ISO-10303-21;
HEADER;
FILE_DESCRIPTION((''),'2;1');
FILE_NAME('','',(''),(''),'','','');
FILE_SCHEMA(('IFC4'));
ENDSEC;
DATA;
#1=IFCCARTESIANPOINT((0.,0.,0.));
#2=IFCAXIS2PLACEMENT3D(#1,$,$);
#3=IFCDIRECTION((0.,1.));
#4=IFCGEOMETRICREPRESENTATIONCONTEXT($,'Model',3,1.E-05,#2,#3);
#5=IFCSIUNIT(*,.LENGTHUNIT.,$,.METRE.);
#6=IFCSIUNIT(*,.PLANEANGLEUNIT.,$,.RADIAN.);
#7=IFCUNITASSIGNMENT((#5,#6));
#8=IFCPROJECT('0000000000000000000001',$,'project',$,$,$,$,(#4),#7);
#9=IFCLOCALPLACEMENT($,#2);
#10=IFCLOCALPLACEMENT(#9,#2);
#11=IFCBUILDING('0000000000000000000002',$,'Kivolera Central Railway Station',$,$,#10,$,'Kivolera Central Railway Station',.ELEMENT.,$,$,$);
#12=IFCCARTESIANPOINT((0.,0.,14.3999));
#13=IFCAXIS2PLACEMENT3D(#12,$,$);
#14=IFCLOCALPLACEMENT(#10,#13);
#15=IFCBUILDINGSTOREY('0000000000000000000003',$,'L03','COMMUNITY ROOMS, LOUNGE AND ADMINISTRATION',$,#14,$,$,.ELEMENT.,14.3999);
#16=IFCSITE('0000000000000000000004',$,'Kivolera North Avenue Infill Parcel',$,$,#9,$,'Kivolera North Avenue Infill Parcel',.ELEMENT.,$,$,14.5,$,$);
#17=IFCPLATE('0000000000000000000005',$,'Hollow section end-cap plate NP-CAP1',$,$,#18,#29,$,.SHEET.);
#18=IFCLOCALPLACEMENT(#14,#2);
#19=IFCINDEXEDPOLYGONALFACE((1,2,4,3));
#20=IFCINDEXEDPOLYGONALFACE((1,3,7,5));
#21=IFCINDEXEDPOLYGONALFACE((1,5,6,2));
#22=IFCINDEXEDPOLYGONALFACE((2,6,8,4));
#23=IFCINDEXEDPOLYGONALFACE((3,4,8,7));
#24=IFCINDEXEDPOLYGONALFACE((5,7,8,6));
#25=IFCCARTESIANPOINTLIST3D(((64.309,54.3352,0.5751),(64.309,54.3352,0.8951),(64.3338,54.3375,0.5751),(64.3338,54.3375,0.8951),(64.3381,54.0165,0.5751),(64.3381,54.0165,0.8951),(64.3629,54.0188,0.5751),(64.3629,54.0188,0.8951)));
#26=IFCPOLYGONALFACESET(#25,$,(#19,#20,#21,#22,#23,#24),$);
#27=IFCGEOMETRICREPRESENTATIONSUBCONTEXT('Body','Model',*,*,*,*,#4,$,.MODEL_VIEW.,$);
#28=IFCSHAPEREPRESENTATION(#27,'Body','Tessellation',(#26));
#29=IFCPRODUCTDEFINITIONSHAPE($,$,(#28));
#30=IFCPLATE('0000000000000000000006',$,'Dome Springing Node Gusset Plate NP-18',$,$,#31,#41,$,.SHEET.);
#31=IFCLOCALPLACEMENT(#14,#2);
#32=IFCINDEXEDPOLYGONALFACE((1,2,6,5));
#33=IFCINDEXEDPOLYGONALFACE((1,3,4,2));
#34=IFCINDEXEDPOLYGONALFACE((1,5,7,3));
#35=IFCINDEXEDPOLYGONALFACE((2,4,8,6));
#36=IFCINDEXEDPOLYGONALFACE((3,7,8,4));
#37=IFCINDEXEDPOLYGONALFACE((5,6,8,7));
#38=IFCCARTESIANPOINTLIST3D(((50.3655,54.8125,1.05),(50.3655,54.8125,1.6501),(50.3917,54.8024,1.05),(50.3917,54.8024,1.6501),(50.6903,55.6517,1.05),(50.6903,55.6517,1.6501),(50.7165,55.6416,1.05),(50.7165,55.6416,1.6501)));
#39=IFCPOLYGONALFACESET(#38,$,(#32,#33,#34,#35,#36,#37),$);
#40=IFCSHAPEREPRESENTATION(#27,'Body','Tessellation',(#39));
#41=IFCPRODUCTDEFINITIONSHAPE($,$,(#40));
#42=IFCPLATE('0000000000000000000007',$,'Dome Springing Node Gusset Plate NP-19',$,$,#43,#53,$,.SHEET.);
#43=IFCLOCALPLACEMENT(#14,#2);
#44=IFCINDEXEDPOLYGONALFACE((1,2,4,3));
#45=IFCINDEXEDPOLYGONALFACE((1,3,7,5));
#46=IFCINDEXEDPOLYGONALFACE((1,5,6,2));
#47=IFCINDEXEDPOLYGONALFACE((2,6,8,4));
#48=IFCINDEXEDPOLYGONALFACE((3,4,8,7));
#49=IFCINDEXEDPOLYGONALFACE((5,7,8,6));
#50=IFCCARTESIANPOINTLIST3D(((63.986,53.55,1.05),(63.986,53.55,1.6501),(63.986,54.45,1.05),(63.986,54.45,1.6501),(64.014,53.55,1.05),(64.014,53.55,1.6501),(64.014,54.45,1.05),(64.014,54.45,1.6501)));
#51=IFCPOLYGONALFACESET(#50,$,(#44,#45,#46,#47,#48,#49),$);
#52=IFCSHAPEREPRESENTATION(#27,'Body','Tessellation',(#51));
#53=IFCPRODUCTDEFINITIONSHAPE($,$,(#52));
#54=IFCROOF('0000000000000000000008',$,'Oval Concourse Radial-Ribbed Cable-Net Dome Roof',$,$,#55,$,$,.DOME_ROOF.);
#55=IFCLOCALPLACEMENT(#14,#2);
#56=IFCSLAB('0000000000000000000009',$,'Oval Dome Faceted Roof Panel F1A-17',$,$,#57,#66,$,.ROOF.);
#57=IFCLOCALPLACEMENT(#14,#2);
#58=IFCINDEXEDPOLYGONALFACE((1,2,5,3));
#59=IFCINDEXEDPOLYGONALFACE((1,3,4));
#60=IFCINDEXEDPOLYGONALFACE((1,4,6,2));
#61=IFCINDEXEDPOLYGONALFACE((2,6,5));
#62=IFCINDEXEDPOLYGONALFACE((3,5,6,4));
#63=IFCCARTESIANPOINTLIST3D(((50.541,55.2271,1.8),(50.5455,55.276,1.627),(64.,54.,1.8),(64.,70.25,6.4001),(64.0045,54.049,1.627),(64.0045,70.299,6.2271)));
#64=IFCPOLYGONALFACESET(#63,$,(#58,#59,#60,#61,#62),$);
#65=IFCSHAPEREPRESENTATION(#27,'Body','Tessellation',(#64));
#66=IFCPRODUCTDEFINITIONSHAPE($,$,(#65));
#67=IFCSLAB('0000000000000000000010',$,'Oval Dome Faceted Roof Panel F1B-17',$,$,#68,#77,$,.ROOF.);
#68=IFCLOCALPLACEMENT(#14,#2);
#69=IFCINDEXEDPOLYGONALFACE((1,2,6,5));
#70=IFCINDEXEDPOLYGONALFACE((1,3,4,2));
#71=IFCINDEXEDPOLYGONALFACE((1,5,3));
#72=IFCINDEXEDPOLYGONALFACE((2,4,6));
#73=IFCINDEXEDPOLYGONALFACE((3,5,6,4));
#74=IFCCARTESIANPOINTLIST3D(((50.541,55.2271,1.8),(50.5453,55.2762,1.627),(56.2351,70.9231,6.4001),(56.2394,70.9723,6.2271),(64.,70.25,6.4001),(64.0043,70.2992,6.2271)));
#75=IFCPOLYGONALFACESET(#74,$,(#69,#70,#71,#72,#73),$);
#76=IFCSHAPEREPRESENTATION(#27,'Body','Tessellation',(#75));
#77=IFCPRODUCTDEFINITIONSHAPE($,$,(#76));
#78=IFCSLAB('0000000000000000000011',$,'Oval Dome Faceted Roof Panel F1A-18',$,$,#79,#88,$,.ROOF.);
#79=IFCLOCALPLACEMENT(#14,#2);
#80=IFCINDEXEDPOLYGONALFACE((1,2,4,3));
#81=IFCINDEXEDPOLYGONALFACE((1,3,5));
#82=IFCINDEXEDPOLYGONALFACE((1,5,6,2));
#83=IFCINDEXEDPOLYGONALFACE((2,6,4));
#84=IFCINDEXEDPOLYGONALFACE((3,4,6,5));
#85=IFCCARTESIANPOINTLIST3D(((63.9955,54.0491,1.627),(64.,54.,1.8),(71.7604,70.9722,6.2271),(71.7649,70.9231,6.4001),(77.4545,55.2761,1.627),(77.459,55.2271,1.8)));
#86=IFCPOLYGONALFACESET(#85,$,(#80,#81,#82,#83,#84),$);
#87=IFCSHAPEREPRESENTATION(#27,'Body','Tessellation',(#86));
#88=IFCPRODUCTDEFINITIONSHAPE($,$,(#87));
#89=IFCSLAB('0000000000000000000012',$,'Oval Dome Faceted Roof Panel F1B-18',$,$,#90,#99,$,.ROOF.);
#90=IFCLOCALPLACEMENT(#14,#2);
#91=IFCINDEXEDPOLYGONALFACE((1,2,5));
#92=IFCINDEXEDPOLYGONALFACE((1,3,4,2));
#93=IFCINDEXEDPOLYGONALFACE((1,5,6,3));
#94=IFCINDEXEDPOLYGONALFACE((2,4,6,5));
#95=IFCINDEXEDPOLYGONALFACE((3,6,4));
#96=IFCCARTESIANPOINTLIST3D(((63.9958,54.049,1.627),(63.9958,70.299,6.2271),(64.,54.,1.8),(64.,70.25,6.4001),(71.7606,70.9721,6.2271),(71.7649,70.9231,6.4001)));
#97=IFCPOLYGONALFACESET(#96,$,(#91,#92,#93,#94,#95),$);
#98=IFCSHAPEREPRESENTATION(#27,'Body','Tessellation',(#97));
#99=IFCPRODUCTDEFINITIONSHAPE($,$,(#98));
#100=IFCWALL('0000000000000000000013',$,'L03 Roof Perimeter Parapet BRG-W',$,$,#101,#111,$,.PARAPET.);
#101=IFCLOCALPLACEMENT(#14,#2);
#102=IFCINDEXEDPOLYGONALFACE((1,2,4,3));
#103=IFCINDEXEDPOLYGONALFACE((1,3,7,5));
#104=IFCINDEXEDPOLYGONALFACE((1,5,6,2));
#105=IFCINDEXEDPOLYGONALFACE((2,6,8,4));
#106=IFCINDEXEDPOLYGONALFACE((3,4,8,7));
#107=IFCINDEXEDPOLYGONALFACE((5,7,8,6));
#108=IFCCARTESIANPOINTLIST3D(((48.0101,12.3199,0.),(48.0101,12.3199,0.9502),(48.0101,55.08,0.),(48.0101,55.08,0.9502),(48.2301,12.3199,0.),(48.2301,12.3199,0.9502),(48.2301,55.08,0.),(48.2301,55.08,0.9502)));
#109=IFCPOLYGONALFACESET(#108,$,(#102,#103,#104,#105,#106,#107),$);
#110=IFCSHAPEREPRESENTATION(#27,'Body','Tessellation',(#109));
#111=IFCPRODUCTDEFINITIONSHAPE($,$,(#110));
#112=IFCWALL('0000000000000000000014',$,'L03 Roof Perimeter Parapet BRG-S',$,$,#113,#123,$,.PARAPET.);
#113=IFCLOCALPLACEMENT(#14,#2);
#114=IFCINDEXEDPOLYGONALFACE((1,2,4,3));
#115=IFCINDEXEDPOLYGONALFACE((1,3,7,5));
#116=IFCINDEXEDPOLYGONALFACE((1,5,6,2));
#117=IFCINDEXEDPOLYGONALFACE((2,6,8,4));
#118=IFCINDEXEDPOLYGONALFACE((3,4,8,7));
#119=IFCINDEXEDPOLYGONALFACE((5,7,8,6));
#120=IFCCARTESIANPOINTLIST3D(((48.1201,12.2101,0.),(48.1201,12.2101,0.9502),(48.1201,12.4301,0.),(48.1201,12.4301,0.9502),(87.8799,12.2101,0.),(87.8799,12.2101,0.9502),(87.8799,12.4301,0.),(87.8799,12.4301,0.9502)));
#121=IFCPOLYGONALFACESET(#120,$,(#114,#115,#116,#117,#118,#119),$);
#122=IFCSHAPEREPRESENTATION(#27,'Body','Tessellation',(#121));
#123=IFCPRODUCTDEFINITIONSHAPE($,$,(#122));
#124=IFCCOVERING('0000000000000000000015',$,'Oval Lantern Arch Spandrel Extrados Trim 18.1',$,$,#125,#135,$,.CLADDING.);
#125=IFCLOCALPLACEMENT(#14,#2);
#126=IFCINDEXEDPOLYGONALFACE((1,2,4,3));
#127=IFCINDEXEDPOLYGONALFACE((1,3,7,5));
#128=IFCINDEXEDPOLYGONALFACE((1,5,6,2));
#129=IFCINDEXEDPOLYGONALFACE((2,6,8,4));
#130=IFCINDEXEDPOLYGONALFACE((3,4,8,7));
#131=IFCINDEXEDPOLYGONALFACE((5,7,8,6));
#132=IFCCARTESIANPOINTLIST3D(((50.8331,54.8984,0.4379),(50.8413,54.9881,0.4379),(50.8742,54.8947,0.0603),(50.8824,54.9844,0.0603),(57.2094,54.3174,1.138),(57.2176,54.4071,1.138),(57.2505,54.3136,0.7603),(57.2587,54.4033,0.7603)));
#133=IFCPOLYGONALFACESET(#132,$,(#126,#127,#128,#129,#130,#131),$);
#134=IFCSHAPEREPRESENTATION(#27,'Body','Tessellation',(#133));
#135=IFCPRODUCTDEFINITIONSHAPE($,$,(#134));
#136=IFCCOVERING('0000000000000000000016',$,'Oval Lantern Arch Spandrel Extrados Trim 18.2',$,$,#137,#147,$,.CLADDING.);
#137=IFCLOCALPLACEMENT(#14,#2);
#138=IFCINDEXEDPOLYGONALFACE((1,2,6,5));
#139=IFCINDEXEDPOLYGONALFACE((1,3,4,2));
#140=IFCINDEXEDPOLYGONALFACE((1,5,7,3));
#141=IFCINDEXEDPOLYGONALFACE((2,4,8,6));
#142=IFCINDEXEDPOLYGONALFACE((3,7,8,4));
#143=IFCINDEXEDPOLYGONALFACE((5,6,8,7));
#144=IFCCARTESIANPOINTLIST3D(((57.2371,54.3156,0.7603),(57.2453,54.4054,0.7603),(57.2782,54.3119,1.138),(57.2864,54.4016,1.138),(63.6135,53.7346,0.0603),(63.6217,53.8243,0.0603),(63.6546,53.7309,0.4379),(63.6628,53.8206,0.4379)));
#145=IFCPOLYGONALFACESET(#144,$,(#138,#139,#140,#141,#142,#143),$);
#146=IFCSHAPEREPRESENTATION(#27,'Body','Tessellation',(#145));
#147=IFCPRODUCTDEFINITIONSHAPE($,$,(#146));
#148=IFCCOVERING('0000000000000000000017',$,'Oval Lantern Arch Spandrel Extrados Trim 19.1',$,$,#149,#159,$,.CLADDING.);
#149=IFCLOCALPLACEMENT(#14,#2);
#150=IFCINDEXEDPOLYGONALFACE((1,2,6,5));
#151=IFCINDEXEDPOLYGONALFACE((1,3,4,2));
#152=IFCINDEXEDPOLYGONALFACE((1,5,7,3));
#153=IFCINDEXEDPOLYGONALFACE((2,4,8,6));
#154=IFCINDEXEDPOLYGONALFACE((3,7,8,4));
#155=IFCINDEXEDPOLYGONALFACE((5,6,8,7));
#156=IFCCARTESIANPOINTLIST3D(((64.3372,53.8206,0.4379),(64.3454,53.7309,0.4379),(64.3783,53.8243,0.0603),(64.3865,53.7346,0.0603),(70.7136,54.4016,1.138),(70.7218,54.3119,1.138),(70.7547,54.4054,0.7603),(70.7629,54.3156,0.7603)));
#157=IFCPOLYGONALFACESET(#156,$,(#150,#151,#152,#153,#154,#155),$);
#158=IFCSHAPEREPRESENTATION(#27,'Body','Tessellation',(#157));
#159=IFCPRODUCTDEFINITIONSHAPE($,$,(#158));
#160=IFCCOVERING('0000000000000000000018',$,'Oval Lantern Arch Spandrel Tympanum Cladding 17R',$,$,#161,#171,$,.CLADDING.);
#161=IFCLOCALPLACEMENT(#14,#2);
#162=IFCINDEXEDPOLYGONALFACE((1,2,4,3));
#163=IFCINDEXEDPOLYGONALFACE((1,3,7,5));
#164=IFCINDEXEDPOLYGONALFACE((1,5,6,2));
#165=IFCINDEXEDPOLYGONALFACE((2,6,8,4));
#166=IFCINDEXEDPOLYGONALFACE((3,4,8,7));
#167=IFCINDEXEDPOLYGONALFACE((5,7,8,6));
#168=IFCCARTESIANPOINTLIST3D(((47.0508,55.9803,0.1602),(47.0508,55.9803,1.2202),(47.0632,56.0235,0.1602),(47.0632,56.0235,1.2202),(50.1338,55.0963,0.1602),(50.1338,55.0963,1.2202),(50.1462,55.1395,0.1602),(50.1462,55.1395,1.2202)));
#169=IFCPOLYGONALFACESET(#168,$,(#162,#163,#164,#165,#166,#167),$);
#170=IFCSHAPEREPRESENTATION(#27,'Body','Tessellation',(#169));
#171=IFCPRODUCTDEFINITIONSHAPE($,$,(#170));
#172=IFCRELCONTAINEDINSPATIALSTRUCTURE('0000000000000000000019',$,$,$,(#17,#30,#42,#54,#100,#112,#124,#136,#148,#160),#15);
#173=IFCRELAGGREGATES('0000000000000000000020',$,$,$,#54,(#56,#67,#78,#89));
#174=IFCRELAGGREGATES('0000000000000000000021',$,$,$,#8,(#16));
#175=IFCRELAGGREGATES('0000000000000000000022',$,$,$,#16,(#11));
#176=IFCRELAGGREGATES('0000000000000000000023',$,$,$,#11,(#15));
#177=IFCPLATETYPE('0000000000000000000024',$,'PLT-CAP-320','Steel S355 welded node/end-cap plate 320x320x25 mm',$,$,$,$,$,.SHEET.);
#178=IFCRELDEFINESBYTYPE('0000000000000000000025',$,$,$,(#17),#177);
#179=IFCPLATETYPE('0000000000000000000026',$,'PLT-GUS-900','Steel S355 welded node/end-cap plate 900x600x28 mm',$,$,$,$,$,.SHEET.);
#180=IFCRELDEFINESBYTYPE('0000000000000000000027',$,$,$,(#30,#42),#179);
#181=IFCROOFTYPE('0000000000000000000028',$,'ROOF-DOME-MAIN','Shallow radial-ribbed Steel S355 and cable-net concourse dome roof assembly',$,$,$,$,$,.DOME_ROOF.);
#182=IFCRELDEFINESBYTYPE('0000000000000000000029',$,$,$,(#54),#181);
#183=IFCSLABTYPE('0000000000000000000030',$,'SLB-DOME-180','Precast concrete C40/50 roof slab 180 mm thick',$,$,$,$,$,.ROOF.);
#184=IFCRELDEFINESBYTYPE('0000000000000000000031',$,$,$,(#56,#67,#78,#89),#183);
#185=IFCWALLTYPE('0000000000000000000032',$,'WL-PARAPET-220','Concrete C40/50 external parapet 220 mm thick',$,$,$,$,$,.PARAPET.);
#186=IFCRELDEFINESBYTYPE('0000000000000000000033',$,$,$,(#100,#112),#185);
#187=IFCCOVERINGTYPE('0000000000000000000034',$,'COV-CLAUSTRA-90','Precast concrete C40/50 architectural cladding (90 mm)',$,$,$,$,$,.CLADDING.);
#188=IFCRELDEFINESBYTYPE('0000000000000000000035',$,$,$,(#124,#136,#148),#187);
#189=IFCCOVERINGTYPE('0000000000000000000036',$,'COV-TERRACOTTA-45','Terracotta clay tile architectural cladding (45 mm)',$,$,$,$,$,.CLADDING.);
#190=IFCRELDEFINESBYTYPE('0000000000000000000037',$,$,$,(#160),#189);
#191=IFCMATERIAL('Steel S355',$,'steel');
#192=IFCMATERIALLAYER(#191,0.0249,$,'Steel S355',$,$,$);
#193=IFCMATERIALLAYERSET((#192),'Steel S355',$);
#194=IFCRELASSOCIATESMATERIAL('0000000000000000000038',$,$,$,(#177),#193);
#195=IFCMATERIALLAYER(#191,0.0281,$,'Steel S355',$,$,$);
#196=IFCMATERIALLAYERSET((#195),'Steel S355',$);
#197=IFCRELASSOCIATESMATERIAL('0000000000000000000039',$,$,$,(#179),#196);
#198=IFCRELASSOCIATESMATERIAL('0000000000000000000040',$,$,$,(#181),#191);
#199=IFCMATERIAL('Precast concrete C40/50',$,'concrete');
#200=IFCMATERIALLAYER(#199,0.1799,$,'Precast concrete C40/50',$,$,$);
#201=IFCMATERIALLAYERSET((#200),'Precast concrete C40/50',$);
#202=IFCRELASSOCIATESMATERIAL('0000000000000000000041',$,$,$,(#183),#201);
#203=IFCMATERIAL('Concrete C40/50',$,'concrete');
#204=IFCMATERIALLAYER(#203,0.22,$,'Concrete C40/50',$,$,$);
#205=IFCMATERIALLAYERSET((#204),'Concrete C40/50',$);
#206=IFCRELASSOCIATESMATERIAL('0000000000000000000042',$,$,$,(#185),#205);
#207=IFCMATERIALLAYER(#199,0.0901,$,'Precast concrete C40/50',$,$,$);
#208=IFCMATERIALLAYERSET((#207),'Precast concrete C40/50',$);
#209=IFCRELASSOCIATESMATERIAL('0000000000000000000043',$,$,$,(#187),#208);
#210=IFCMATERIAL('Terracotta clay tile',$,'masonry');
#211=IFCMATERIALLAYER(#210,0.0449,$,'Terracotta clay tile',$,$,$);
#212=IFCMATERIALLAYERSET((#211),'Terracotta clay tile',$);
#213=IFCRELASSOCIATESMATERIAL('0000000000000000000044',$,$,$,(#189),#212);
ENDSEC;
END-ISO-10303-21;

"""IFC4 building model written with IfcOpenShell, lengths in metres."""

from ifc_helpers import new_model, si_unit, direction, frame, frame_2d, origin, origin_2d, place, context, subcontext, project, spatial, polyline, rectangle, outline, extrude, material, layer, layer_set, type_object, element, aggregate, save


model = new_model("IFC4")

# Units and contexts
model_context = context("Model", 3, precision=1e-05, world=origin(), true_north=direction((0.0, 1.0)))
body_context = subcontext(model_context, "Body", "Model", "MODEL_VIEW")
ifc_project = project(units=[si_unit("LENGTHUNIT", "METRE"), si_unit("PLANEANGLEUNIT", "RADIAN")], contexts=[model_context])

# Site, building, storey
site_placement = place(None, origin())
site = spatial("IfcSite", under=ifc_project, at=site_placement, Name="Kivolera North Avenue Infill Parcel", LongName="Kivolera North Avenue Infill Parcel", CompositionType="ELEMENT", RefElevation=14.5)
building_placement = place(site_placement, origin())
building = spatial("IfcBuilding", under=site, at=building_placement, Name="Kivolera Central Railway Station", LongName="Kivolera Central Railway Station", CompositionType="ELEMENT")
storey_placement = place(building_placement, frame((0.0, 0.0, 14.3999)))
storey = spatial("IfcBuildingStorey", under=building, at=storey_placement, Name="L03", Description="COMMUNITY ROOMS, LOUNGE AND ADMINISTRATION", CompositionType="ELEMENT", Elevation=14.3999)

# Shared definitions
ifc_material_1 = material(Name="Concrete C40/50", Category="concrete")

# Shared definitions
ifc_material_2 = material(Name="Steel S355", Category="steel")

# Plates
ifc_layer_1 = layer(ifc_material_2, 0.0249, Name="Steel S355")
ifc_layer_set_1 = layer_set([ifc_layer_1], Name="Steel S355")
plate_type_1 = type_object("IfcPlateType", Name="PLT-CAP-320", Description="Steel S355 welded node/end-cap plate 320x320x25 mm", PredefinedType="SHEET", material=ifc_layer_set_1)
for number, where, z_axis, x_axis, name in (
    (1, (64.3359, 54.177, 0.7351), (0.995874, 0.090747, 0.0), (-0.090747, 0.995874, 0.0), "Hollow section end-cap plate NP-CAP1"),
):
    element("IfcPlate", number, at=place(storey_placement, frame(where, z_axis=z_axis, x_axis=x_axis)), inside=storey, type_object=plate_type_1, Name=name, PredefinedType="SHEET", context=body_context, shape_type="SweptSolid", body=[
        extrude(rectangle(XDim=0.3201, YDim=0.3201, at=origin_2d()), frame((0.0, 0.0, -0.0125)), (0.0, 0.0, 1.0), 0.0249),
    ])
ifc_layer_2 = layer(ifc_material_2, 0.0281, Name="Steel S355")
ifc_layer_set_2 = layer_set([ifc_layer_2], Name="Steel S355")
plate_type_2 = type_object("IfcPlateType", Name="PLT-GUS-900", Description="Steel S355 welded node/end-cap plate 900x600x28 mm", PredefinedType="SHEET", material=ifc_layer_set_2)
for number, where, z_axis, x_axis, name in (
    (2, (50.541, 55.2271, 1.05), (0.0, 0.0, 1.0), (-0.360957, -0.932582, 0.0), "Dome Springing Node Gusset Plate NP-18"),
    (3, (64.0, 54.0, 1.05), (0.0, 0.0, 1.0), (0.0, -1.0, 0.0), "Dome Springing Node Gusset Plate NP-19"),
):
    element("IfcPlate", number, at=place(storey_placement, frame(where, z_axis=z_axis, x_axis=x_axis)), inside=storey, type_object=plate_type_2, Name=name, PredefinedType="SHEET", context=body_context, shape_type="SweptSolid", body=[
        extrude(rectangle(XDim=0.8999, YDim=0.0281, at=origin_2d()), origin(), (0.0, 0.0, 1.0), 0.6001),
    ])

# Roof, slabs
roof_type = type_object("IfcRoofType", Name="ROOF-DOME-MAIN", Description="Shallow radial-ribbed Steel S355 and cable-net concourse dome roof assembly", PredefinedType="DOME_ROOF", material=ifc_material_2)
roof_placement = place(storey_placement, origin())
roof = element("IfcRoof", 4, at=roof_placement, inside=storey, type_object=roof_type, Name="Oval Concourse Radial-Ribbed Cable-Net Dome Roof", PredefinedType="DOME_ROOF")
ifc_material_3 = material(Name="Precast concrete C40/50", Category="concrete")
ifc_layer_3 = layer(ifc_material_3, 0.1799, Name="Precast concrete C40/50")
ifc_layer_set_3 = layer_set([ifc_layer_3], Name="Precast concrete C40/50")
slab_type = type_object("IfcSlabType", Name="SLB-DOME-180", Description="Precast concrete C40/50 roof slab 180 mm thick", PredefinedType="ROOF", material=ifc_layer_set_3)
slab_1_placement = place(storey_placement, frame((50.541, 55.2271, 1.8), z_axis=(-0.024825, -0.272296, 0.961893), x_axis=(0.99587, -0.090793, 0.0)))
slab_1 = element("IfcSlab", 5, at=slab_1_placement, type_object=slab_type, Name="Oval Dome Faceted Roof Panel F1A-17", PredefinedType="ROOF", context=body_context, shape_type="SweptSolid", body=[
    extrude(outline(polyline([(0.0, 0.0), (13.5148, 0.0), (12.0394, 16.824), (0.0, 0.0)])), origin(), (0.0, 0.0, -1.0), 0.1799),
])
slab_2_placement = place(storey_placement, frame((50.541, 55.2271, 1.8), z_axis=(-0.023686, -0.273243, 0.961653), x_axis=(0.650569, 0.726167, 0.222356)))
slab_2 = element("IfcSlab", 6, at=slab_2_placement, type_object=slab_type, Name="Oval Dome Faceted Roof Panel F1B-17", PredefinedType="ROOF", context=body_context, shape_type="SweptSolid", body=[
    extrude(outline(polyline([(0.0, 0.0), (20.688, 0.0), (16.1252, 6.3188), (0.0, 0.0)])), origin(), (0.0, 0.0, -1.0), 0.1799),
])
slab_3_placement = place(storey_placement, frame((64.0, 54.0, 1.8), z_axis=(0.024874, -0.272837, 0.961739), x_axis=(0.99587, 0.090793, 0.0)))
slab_3 = element("IfcSlab", 7, at=slab_3_placement, type_object=slab_type, Name="Oval Dome Faceted Roof Panel F1A-18", PredefinedType="ROOF", context=body_context, shape_type="SweptSolid", body=[
    extrude(outline(polyline([(0.0, 0.0), (13.5148, 0.0), (9.2693, 16.7906), (0.0, 0.0)])), origin(), (0.0, 0.0, -1.0), 0.1799),
])
slab_4_placement = place(storey_placement, frame((64.0, 54.0, 1.8), z_axis=(0.023605, -0.272304, 0.961922), x_axis=(0.404858, 0.882362, 0.239847)))
slab_4 = element("IfcSlab", 8, at=slab_4_placement, type_object=slab_type, Name="Oval Dome Faceted Roof Panel F1B-18", PredefinedType="ROOF", context=body_context, shape_type="SweptSolid", body=[
    extrude(outline(polyline([(0.0, 0.0), (19.1793, 0.0), (15.4417, 6.8394), (0.0, 0.0)])), origin(), (0.0, 0.0, -1.0), 0.1799),
])
aggregate(roof, [slab_1, slab_2, slab_3, slab_4])

# Walls
ifc_layer_4 = layer(ifc_material_1, 0.22, Name="Concrete C40/50")
ifc_layer_set_4 = layer_set([ifc_layer_4], Name="Concrete C40/50")
wall_type = type_object("IfcWallType", Name="WL-PARAPET-220", Description="Concrete C40/50 external parapet 220 mm thick", PredefinedType="PARAPET", material=ifc_layer_set_4)
wall_1_placement = place(storey_placement, frame((48.1201, 12.3201, 0.0), z_axis=(0.0, 0.0, 1.0), x_axis=(0.0, 1.0, 0.0)))
element("IfcWall", 9, at=wall_1_placement, inside=storey, type_object=wall_type, Name="L03 Roof Perimeter Parapet BRG-W", PredefinedType="PARAPET", context=body_context, shape_type="SweptSolid", body=[
    extrude(rectangle(XDim=42.76, YDim=0.22, at=frame_2d((21.3799, 0.0))), origin(), (0.0, 0.0, 1.0), 0.9502),
])
wall_2_placement = place(storey_placement, frame((48.1201, 12.3201, 0.0), z_axis=(0.0, 0.0, 1.0), x_axis=(1.0, 0.0, 0.0)))
element("IfcWall", 10, at=wall_2_placement, inside=storey, type_object=wall_type, Name="L03 Roof Perimeter Parapet BRG-S", PredefinedType="PARAPET", context=body_context, shape_type="SweptSolid", body=[
    extrude(rectangle(XDim=39.7598, YDim=0.22, at=frame_2d((19.8799, 0.0))), origin(), (0.0, 0.0, 1.0), 0.9502),
])

# Coverings
ifc_layer_5 = layer(ifc_material_3, 0.0901, Name="Precast concrete C40/50")
ifc_layer_set_5 = layer_set([ifc_layer_5], Name="Precast concrete C40/50")
covering_type_1 = type_object("IfcCoveringType", Name="COV-CLAUSTRA-90", Description="Precast concrete C40/50 architectural cladding (90 mm)", PredefinedType="CLADDING", material=ifc_layer_set_5)
for number, where, z_axis, x_axis, name in (
    (11, (54.0459, 54.6509, 0.5991), (0.989975, -0.090209, 0.108686), (-0.090789, -0.99587, 0.0), "Oval Lantern Arch Spandrel Extrados Trim 18.1"),
    (12, (60.45, 54.0681, 0.5991), (0.989975, -0.090209, -0.108686), (-0.090789, -0.99587, 0.0), "Oval Lantern Arch Spandrel Extrados Trim 18.2"),
    (13, (67.55, 54.0681, 0.5991), (0.989975, 0.090209, 0.108686), (0.090789, -0.99587, 0.0), "Oval Lantern Arch Spandrel Extrados Trim 19.1"),
):
    element("IfcCovering", number, at=place(storey_placement, frame(where, z_axis=z_axis, x_axis=x_axis)), inside=storey, type_object=covering_type_1, Name=name, PredefinedType="CLADDING", context=body_context, shape_type="SweptSolid", body=[
        extrude(rectangle(XDim=0.0901, YDim=0.3799, at=origin_2d()), frame((0.0, 0.0, -3.2205)), (0.0, 0.0, 1.0), 6.4409),
    ])
ifc_material_4 = material(Name="Terracotta clay tile", Category="masonry")
ifc_layer_6 = layer(ifc_material_4, 0.0449, Name="Terracotta clay tile")
ifc_layer_set_6 = layer_set([ifc_layer_6], Name="Terracotta clay tile")
covering_type_2 = type_object("IfcCoveringType", Name="COV-TERRACOTTA-45", Description="Terracotta clay tile architectural cladding (45 mm)", PredefinedType="CLADDING", material=ifc_layer_set_6)
covering_placement = place(storey_placement, frame((50.1399, 55.1179, 0.1602), z_axis=(0.0, 0.0, 1.0), x_axis=(-0.961262, 0.275636, 0.0)))
element("IfcCovering", 14, at=covering_placement, inside=storey, type_object=covering_type_2, Name="Oval Lantern Arch Spandrel Tympanum Cladding 17R", PredefinedType="CLADDING", context=body_context, shape_type="SweptSolid", body=[
    extrude(rectangle(XDim=3.2073, YDim=0.0449, at=frame_2d((1.6035, 0.0))), origin(), (0.0, 0.0, 1.0), 1.0601),
])

save(model, "model.ifc")
